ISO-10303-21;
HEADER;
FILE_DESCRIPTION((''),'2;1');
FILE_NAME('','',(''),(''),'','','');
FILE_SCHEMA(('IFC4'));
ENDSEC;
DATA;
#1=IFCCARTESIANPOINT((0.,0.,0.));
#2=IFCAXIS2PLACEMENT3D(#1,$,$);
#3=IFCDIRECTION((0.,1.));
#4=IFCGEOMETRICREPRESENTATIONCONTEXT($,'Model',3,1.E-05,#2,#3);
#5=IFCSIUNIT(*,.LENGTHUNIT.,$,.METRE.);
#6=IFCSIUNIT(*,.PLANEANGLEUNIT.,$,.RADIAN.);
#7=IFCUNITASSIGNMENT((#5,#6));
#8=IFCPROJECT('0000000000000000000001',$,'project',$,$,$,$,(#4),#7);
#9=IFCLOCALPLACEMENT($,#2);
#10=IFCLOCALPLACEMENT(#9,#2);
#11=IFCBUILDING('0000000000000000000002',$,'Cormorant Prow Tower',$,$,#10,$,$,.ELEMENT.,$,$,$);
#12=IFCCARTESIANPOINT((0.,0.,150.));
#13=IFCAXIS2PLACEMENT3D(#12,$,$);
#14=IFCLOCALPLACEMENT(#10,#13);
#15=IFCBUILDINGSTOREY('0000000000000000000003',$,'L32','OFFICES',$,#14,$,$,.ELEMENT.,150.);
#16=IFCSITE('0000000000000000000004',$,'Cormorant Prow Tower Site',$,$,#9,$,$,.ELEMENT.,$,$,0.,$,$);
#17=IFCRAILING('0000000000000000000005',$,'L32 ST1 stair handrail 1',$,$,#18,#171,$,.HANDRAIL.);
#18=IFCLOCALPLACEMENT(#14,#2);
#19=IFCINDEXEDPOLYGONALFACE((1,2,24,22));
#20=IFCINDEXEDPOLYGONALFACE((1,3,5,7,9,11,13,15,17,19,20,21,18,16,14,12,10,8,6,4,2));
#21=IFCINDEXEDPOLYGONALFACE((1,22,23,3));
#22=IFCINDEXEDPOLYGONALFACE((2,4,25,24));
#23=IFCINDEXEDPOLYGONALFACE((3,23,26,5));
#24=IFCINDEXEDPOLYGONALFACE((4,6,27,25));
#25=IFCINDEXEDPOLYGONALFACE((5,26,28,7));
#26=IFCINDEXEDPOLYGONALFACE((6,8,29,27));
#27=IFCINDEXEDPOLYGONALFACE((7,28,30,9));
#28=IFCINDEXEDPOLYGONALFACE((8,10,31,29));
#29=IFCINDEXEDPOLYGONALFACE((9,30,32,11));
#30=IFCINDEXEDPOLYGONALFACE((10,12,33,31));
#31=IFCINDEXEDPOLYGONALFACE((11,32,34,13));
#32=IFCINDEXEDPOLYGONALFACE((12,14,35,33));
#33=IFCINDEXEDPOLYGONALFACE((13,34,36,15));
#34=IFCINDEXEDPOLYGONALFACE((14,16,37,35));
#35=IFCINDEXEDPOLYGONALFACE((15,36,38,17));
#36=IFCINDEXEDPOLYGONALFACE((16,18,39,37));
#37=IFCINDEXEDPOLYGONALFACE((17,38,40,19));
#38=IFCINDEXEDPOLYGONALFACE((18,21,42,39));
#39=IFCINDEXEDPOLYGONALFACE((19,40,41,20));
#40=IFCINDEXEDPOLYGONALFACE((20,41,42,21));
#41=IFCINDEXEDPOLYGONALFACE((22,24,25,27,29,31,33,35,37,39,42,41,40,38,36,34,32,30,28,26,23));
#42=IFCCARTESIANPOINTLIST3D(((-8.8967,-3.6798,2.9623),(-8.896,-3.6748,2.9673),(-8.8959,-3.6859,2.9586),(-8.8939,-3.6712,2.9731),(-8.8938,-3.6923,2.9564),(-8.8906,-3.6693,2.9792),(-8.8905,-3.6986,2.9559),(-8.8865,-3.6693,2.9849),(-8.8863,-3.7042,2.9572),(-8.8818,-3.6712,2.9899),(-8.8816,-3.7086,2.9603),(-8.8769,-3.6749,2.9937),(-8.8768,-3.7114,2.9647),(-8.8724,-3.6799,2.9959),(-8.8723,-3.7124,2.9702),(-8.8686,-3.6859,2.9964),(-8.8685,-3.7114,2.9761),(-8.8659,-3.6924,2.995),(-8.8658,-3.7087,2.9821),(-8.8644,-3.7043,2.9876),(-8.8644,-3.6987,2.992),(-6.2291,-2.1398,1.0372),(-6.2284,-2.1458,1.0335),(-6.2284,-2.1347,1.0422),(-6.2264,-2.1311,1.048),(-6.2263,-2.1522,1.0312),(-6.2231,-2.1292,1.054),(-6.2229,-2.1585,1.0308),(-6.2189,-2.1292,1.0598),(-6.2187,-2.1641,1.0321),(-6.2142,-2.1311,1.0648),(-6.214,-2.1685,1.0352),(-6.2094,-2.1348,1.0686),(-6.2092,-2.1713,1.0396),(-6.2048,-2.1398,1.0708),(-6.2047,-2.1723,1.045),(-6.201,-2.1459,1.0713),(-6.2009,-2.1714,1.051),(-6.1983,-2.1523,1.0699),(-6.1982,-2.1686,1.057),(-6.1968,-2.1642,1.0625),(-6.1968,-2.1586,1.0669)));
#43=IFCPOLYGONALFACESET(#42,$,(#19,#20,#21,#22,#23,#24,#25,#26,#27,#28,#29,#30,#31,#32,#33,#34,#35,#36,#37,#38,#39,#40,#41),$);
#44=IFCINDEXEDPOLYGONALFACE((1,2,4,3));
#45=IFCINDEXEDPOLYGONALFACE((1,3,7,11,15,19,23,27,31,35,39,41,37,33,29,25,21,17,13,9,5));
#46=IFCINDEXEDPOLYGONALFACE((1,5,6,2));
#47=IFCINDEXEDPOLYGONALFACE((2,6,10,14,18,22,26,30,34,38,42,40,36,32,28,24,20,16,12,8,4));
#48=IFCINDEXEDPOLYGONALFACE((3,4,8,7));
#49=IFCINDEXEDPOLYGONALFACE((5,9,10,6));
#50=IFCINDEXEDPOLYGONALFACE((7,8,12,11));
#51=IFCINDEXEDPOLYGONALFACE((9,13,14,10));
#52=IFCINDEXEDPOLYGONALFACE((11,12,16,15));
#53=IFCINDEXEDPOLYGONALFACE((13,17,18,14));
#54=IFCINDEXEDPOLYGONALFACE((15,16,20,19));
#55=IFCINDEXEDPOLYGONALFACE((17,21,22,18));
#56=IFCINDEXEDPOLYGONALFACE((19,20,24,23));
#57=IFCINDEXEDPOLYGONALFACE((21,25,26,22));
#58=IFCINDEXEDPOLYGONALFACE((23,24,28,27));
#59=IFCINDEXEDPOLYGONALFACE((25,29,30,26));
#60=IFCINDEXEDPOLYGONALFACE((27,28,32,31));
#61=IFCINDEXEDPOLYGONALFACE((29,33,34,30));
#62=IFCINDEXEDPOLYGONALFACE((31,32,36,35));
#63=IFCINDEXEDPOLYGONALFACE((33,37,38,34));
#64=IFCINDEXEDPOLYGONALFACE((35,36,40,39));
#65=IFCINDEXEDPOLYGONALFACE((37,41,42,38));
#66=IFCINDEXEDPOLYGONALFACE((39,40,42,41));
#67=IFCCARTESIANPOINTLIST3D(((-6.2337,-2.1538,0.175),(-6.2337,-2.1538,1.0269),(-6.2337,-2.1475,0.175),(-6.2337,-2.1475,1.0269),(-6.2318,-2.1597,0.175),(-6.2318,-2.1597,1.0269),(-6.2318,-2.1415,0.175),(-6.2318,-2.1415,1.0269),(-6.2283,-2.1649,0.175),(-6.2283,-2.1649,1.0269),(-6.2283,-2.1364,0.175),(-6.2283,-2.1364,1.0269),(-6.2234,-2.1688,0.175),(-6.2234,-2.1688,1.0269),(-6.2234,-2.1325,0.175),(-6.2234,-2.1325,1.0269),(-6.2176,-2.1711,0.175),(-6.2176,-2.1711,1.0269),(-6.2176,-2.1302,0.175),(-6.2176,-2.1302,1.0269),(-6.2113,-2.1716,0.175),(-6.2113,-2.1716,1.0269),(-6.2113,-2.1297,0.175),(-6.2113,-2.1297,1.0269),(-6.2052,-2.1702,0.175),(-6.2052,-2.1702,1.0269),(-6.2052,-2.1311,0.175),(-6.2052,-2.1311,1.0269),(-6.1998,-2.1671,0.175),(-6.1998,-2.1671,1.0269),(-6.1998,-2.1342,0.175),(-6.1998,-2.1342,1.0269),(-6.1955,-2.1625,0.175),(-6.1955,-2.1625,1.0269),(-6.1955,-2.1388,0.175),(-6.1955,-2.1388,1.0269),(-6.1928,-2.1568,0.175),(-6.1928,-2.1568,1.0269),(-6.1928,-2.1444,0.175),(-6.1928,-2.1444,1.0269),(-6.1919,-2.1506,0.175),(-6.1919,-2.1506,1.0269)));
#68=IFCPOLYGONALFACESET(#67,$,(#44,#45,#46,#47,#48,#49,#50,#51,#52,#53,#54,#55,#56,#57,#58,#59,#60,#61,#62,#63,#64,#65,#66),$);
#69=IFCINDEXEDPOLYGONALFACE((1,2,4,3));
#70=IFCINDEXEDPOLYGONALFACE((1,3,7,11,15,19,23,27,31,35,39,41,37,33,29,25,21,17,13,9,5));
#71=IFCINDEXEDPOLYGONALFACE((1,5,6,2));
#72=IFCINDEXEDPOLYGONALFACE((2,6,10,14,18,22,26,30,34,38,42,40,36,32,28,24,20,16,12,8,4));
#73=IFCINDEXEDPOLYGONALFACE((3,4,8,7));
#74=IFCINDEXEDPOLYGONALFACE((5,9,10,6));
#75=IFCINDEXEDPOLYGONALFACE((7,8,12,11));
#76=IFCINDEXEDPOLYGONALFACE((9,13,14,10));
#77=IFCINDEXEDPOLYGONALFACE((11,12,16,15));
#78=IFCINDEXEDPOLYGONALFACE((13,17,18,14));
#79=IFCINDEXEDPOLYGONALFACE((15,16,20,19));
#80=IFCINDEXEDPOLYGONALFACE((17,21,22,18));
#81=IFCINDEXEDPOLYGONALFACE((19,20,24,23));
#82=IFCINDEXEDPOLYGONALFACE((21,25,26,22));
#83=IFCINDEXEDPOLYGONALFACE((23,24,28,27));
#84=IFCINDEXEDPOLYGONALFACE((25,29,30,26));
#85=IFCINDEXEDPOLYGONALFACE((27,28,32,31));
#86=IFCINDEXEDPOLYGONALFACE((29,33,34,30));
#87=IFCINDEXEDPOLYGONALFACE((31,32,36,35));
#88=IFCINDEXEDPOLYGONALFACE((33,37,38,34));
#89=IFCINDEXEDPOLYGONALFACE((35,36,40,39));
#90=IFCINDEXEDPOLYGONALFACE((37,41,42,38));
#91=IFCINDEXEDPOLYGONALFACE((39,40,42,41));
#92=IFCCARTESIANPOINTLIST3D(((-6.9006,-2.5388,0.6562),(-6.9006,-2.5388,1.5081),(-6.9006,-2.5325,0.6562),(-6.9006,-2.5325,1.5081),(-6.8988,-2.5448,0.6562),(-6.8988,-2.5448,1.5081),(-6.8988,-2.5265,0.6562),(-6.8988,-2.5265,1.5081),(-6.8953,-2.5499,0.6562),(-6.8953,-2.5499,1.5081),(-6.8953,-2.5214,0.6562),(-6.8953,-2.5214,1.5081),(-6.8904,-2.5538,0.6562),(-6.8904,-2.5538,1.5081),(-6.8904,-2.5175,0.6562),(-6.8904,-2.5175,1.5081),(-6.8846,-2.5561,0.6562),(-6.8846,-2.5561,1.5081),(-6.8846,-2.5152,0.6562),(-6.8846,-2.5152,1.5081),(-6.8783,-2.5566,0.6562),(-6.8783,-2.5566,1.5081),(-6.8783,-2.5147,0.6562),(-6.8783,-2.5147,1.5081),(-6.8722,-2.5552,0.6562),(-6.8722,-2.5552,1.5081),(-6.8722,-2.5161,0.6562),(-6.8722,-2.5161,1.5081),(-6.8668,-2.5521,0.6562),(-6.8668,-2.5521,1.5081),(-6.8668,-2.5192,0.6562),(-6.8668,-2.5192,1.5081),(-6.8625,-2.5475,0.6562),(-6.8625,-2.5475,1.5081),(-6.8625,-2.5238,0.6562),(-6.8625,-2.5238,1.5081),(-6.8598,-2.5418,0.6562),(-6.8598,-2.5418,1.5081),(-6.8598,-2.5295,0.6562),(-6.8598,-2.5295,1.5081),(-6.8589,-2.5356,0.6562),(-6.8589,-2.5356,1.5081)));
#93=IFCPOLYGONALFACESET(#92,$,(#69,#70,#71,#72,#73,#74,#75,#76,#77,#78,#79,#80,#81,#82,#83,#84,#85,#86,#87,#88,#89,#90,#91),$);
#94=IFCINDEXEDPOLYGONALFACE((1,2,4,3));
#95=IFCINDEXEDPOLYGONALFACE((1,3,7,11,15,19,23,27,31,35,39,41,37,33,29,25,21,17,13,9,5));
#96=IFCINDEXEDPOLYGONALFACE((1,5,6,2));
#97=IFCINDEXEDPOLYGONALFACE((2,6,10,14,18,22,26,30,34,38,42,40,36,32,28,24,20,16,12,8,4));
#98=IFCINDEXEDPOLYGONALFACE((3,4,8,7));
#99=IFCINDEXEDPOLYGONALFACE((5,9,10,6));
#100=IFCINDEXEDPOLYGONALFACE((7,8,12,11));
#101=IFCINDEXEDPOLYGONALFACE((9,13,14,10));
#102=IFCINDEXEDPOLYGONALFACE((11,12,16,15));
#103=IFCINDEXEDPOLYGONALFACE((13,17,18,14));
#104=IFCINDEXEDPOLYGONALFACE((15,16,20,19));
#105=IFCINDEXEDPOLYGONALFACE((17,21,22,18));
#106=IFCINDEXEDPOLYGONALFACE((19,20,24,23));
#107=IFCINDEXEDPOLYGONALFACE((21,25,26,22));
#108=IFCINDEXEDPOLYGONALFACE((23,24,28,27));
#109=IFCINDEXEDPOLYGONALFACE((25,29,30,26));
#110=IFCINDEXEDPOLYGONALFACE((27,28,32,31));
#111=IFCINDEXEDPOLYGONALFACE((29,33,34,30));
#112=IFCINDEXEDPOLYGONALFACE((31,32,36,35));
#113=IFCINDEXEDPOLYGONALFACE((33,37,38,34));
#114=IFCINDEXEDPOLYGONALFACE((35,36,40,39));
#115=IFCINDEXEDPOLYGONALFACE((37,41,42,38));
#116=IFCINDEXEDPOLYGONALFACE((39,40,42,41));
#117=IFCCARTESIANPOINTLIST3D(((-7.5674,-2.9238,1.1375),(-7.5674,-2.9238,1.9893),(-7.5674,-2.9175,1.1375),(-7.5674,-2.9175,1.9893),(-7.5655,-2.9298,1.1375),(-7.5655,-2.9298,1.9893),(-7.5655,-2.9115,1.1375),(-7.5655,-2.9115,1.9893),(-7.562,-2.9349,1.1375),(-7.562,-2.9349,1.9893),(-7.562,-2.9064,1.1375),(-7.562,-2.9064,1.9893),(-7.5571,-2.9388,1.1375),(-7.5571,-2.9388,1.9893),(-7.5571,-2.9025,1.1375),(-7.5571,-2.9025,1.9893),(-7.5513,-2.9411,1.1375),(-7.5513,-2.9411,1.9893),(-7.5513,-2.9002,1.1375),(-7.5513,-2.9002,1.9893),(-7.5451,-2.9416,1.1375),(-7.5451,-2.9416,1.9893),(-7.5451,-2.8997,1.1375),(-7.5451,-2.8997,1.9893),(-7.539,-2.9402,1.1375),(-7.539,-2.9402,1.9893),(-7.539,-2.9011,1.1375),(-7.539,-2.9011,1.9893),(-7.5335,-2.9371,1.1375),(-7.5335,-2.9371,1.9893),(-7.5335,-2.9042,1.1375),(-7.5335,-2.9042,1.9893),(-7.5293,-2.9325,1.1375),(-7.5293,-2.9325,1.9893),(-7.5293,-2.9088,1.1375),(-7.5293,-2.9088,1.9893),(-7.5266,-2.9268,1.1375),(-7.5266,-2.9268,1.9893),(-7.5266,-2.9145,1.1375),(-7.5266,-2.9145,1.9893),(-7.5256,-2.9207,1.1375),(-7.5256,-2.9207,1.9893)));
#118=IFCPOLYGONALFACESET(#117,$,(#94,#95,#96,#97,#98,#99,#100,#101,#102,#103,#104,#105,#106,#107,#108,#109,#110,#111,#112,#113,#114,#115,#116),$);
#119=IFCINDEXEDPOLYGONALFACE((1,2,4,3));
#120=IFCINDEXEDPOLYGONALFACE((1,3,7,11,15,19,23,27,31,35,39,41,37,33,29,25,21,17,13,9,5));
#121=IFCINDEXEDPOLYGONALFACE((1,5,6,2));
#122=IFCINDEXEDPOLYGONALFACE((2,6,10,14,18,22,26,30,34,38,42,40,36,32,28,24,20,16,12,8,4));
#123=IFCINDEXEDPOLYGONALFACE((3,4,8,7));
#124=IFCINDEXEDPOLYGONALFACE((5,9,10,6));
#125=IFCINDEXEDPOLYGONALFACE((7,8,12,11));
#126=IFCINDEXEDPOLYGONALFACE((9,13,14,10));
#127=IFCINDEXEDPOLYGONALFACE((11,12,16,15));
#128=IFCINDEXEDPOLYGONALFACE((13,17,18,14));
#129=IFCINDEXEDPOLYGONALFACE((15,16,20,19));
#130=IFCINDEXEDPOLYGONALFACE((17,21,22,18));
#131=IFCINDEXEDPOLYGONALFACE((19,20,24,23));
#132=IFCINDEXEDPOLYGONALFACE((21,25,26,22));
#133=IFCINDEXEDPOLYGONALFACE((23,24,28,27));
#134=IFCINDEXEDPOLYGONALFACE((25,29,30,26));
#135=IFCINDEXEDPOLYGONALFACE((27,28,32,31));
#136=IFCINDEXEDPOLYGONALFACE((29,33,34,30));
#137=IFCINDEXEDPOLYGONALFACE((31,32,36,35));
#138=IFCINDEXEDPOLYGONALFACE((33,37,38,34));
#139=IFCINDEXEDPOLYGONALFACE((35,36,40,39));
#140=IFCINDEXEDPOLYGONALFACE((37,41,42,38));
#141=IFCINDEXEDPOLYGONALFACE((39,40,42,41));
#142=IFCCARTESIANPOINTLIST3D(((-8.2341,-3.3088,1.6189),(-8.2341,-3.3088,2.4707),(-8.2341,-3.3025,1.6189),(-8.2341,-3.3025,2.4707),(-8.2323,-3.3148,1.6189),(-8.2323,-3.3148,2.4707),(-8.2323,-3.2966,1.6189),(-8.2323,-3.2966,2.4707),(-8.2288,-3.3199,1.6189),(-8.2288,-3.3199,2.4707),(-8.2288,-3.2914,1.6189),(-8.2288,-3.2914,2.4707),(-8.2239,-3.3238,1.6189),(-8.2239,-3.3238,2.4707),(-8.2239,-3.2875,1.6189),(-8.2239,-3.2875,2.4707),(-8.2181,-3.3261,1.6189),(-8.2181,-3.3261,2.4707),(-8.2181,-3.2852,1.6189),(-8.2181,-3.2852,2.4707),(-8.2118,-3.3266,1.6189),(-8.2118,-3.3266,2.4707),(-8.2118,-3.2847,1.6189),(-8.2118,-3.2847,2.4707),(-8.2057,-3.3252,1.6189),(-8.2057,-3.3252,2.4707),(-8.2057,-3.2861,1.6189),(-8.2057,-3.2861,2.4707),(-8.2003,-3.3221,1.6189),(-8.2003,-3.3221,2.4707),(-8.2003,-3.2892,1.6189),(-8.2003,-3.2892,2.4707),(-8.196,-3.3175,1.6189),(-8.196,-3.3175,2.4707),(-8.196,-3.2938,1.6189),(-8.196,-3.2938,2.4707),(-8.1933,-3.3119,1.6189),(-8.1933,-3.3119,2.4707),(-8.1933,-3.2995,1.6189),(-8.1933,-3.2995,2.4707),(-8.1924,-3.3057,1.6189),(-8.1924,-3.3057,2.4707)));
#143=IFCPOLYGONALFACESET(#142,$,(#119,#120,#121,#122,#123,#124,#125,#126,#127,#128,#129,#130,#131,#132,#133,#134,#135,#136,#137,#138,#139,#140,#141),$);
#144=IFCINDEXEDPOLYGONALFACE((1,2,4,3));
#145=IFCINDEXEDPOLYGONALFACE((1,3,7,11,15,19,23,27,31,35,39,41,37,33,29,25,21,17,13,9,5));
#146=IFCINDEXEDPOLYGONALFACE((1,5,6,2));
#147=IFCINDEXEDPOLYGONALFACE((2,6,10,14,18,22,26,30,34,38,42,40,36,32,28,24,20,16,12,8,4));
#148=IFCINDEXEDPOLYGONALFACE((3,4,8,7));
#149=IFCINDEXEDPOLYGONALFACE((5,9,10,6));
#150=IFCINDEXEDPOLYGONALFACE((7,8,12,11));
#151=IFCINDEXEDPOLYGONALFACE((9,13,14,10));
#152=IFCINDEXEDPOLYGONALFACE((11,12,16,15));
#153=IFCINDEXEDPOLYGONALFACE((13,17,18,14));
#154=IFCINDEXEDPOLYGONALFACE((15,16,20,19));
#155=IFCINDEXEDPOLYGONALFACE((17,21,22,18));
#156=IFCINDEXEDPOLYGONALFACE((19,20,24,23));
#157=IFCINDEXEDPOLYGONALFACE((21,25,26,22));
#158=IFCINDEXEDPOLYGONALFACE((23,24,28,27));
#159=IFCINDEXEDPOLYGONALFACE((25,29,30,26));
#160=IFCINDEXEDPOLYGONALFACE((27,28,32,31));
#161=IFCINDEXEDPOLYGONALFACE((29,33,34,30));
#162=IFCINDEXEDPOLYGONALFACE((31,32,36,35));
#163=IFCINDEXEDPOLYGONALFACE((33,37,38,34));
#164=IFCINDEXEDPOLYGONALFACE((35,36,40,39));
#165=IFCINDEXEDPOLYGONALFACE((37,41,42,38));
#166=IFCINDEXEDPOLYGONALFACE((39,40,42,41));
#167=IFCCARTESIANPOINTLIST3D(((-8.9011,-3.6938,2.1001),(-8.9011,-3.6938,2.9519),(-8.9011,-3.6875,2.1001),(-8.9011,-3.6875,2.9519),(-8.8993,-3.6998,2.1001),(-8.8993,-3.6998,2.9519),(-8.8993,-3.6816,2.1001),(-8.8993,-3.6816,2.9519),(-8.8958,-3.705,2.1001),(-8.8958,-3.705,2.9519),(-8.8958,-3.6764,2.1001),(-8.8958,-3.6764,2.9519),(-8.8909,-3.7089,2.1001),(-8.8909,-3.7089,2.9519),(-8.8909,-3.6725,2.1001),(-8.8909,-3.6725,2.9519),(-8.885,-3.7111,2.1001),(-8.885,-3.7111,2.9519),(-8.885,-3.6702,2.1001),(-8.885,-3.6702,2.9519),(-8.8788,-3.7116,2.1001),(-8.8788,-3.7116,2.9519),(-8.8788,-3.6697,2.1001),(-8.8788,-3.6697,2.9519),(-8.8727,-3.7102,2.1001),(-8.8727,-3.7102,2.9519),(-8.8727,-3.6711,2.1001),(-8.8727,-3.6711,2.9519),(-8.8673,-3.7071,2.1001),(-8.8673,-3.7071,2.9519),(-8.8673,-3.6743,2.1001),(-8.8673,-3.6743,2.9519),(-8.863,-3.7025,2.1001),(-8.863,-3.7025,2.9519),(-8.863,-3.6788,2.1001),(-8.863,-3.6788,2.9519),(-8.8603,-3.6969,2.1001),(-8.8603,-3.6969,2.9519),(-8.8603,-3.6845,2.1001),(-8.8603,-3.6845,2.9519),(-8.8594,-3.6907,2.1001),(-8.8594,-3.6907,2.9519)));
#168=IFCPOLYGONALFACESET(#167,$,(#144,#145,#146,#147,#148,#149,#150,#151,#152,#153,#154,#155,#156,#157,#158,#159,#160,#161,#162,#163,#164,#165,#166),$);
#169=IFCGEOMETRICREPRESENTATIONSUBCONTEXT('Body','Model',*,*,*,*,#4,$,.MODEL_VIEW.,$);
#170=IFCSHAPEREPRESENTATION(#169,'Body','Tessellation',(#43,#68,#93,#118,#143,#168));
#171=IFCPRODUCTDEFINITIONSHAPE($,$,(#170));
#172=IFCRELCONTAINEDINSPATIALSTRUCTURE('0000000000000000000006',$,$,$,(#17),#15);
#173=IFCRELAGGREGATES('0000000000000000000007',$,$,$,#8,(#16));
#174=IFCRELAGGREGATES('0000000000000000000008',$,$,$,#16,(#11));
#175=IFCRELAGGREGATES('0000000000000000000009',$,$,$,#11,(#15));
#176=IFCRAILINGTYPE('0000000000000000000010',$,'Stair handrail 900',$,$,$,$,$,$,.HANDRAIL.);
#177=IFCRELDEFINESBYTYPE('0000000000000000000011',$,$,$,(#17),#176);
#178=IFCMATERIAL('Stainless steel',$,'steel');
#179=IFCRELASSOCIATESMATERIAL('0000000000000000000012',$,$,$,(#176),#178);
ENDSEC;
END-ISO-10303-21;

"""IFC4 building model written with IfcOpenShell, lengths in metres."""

from ifc_helpers import new_model, si_unit, direction, frame, origin, origin_2d, place, context, subcontext, project, spatial, circle, extrude, material, type_object, element, save


model = new_model("IFC4")

# Units and contexts
model_context = context("Model", 3, precision=1e-05, world=origin(), true_north=direction((0.0, 1.0)))
body_context = subcontext(model_context, "Body", "Model", "MODEL_VIEW")
ifc_project = project(units=[si_unit("LENGTHUNIT", "METRE"), si_unit("PLANEANGLEUNIT", "RADIAN")], contexts=[model_context])

# Site, building, storey
site_placement = place(None, origin())
site = spatial("IfcSite", under=ifc_project, at=site_placement, Name="Cormorant Prow Tower Site", CompositionType="ELEMENT", RefElevation=0.0)
building_placement = place(site_placement, origin())
building = spatial("IfcBuilding", under=site, at=building_placement, Name="Cormorant Prow Tower", CompositionType="ELEMENT")
storey_placement = place(building_placement, frame((0.0, 0.0, 150.0)))
storey = spatial("IfcBuildingStorey", under=building, at=storey_placement, Name="L32", Description="OFFICES", CompositionType="ELEMENT", Elevation=150.0)

# Railing
ifc_material_1 = material(Name="Stainless steel", Category="steel")
railing_type_1 = type_object("IfcRailingType", Name="Stair handrail 900", PredefinedType="HANDRAIL", material=ifc_material_1)
railing_1_placement = place(storey_placement, frame((-6.2129, -2.1506, 0.175)))
element("IfcRailing", 1, at=railing_1_placement, inside=storey, type_object=railing_type_1, Name="L32 ST1 stair handrail 1", PredefinedType="HANDRAIL", context=body_context, shape_type="SweptSolid", body=[
    extrude(circle(Radius=0.0239, at=origin_2d()), frame((0.0, 0.0, 0.876), z_axis=(-0.734395, -0.423994, 0.529993), x_axis=(0.499992, -0.86603, 0.0)), (0.0, 0.0, 1.0), 3.6323),
    extrude(circle(Radius=0.021, at=origin_2d()), origin(), (0.0, 0.0, 1.0), 0.8518),
    extrude(circle(Radius=0.021, at=origin_2d()), frame((-0.667, -0.385, 0.4812)), (0.0, 0.0, 1.0), 0.8518),
    extrude(circle(Radius=0.021, at=origin_2d()), frame((-1.3337, -0.77, 0.9624)), (0.0, 0.0, 1.0), 0.8518),
    extrude(circle(Radius=0.021, at=origin_2d()), frame((-2.0005, -1.155, 1.4438)), (0.0, 0.0, 1.0), 0.8518),
    extrude(circle(Radius=0.021, at=origin_2d()), frame((-2.6675, -1.54, 1.925)), (0.0, 0.0, 1.0), 0.8518),
])

save(model, "model.ifc")
